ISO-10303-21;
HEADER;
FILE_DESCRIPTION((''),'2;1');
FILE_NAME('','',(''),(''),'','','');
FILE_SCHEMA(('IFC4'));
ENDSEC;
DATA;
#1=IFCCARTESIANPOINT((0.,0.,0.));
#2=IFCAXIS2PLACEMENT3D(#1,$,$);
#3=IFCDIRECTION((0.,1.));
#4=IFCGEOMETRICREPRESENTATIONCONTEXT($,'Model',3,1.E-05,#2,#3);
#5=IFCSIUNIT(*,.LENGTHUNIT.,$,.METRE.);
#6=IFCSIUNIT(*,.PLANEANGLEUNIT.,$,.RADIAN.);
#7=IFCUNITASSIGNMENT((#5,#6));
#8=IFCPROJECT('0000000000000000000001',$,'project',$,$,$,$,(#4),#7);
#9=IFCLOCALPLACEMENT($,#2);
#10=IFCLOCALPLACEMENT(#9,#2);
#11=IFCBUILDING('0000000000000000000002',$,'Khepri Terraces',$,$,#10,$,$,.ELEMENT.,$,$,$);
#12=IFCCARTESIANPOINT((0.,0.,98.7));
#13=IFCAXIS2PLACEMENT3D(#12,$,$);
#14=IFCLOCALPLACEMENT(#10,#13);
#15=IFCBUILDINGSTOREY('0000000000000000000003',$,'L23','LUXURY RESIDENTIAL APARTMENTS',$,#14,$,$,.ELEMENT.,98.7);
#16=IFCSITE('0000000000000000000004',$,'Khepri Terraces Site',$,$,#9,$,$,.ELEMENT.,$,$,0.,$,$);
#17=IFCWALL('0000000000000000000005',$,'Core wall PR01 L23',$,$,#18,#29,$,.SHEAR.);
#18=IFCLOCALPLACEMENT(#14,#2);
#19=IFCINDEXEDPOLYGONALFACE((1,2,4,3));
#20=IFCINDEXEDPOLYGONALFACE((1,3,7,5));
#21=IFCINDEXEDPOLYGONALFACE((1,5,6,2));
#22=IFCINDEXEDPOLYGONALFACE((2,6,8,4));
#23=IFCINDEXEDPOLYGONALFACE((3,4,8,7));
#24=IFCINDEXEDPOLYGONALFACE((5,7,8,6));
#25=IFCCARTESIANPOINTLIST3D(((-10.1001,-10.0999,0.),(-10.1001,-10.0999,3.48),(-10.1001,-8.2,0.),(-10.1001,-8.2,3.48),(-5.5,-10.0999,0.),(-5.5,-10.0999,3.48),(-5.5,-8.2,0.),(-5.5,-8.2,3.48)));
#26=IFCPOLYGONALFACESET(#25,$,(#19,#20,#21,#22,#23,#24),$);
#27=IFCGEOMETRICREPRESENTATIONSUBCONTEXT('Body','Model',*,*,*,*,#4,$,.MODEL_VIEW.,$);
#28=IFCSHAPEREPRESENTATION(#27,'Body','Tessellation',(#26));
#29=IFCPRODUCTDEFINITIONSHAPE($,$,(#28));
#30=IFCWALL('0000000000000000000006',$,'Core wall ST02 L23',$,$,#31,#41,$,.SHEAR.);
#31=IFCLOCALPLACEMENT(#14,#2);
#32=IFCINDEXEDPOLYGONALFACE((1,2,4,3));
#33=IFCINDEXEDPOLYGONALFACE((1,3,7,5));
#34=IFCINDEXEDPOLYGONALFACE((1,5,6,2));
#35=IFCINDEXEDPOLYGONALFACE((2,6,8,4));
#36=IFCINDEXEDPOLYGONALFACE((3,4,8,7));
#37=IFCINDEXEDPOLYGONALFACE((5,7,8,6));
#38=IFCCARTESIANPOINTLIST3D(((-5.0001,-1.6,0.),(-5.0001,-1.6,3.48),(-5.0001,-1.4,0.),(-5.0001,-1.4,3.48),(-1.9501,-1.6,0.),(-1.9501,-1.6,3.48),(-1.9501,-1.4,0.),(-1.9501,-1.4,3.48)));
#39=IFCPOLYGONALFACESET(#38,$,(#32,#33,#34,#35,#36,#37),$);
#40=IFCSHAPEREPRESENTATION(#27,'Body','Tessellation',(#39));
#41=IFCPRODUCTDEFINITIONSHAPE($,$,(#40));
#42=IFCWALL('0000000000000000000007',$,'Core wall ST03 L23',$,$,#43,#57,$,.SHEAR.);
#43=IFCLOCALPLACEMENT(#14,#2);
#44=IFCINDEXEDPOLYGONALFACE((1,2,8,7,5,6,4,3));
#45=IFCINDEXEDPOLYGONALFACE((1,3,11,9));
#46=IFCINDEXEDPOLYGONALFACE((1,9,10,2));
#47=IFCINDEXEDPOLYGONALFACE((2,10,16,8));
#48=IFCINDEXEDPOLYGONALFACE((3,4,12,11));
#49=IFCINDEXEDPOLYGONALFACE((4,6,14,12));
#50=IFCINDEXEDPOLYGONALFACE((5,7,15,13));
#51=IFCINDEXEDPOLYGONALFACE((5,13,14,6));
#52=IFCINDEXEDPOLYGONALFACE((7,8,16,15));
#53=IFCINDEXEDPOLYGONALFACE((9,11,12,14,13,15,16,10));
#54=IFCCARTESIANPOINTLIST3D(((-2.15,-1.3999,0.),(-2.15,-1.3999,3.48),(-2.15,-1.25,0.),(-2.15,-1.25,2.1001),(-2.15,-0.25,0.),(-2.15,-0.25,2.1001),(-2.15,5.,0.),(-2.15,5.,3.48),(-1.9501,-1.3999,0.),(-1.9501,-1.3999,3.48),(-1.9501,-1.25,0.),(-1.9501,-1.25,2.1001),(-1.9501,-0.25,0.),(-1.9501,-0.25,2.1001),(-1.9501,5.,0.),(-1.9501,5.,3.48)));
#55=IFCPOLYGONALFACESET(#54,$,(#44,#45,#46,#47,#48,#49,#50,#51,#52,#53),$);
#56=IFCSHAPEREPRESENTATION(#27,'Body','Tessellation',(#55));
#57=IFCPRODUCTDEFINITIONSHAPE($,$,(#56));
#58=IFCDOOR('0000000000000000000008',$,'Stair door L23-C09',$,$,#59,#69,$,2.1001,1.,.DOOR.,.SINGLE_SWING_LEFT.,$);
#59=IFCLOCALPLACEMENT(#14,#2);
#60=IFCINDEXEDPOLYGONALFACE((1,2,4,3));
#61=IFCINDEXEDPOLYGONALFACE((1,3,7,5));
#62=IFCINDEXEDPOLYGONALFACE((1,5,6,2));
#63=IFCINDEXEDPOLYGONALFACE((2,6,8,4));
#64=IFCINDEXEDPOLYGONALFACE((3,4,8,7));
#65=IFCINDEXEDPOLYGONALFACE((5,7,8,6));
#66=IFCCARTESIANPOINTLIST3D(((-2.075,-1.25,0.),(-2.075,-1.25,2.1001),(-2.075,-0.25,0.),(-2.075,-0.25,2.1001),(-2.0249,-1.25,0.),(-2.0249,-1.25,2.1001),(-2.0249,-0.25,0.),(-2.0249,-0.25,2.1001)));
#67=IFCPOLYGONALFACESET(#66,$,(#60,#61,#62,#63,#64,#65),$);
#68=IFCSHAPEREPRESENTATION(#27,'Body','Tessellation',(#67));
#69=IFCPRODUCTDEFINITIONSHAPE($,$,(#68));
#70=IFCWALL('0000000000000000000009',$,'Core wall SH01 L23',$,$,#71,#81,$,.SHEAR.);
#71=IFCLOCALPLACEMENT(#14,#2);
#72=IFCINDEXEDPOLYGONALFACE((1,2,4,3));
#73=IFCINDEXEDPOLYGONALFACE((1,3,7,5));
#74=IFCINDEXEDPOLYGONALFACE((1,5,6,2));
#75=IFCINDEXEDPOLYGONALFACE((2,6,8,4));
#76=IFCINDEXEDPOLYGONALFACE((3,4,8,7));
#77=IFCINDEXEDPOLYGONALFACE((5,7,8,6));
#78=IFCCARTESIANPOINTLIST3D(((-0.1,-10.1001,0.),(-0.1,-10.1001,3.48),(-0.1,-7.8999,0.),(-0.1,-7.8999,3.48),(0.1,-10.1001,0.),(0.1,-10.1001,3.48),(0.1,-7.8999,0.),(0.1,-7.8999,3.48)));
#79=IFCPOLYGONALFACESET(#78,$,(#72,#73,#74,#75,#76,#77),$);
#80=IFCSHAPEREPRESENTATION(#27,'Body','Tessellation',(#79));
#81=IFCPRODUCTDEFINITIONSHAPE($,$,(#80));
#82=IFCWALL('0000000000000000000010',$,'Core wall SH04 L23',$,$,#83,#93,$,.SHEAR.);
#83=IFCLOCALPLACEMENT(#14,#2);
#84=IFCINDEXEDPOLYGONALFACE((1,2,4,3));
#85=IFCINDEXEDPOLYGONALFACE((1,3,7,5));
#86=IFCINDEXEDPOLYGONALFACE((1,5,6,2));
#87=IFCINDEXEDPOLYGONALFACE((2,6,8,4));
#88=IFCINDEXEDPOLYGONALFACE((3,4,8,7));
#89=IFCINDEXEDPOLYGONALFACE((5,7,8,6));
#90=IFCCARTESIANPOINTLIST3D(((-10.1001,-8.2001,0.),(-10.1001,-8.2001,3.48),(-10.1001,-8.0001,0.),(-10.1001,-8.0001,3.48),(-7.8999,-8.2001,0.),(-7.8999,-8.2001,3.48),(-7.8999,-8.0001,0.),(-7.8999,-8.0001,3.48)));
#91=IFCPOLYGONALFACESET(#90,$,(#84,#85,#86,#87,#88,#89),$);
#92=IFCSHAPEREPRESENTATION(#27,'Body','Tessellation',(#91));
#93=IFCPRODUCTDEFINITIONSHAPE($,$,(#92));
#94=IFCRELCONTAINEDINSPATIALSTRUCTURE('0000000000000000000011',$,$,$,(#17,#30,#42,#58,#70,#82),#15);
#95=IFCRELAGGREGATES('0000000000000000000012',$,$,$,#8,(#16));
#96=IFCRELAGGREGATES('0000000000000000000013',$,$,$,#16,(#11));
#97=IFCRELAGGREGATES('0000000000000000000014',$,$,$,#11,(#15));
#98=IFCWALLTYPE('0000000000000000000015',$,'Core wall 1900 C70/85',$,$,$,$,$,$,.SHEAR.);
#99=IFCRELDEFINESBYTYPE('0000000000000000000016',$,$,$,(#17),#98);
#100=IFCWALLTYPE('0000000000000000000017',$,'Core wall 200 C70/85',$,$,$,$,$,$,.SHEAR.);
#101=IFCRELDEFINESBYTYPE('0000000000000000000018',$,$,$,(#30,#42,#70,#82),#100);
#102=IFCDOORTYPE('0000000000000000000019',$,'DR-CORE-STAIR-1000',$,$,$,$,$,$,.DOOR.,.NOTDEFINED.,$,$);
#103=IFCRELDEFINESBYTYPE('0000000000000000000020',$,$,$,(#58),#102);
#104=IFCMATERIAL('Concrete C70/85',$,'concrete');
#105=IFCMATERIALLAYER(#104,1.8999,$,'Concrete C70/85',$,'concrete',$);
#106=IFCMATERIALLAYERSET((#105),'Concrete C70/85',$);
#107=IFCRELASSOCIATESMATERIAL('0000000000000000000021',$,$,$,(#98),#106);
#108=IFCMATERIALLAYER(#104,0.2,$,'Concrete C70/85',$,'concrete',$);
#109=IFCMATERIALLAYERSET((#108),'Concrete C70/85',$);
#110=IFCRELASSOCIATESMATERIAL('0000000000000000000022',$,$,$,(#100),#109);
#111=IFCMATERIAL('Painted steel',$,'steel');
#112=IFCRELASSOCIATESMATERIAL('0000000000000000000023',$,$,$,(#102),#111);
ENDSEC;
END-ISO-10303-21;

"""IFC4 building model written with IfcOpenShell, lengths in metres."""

from ifc_helpers import new_model, si_unit, direction, frame, frame_2d, origin, place, context, subcontext, project, spatial, rectangle, extrude, material, layer, layer_set, type_object, element, fill, save


model = new_model("IFC4")

# Units and contexts
model_context = context("Model", 3, precision=1e-05, world=origin(), true_north=direction((0.0, 1.0)))
body_context = subcontext(model_context, "Body", "Model", "MODEL_VIEW")
ifc_project = project(units=[si_unit("LENGTHUNIT", "METRE"), si_unit("PLANEANGLEUNIT", "RADIAN")], contexts=[model_context])

# Site, building, storey
site_placement = place(None, origin())
site = spatial("IfcSite", under=ifc_project, at=site_placement, Name="Khepri Terraces Site", CompositionType="ELEMENT", RefElevation=0.0)
building_placement = place(site_placement, origin())
building = spatial("IfcBuilding", under=site, at=building_placement, Name="Khepri Terraces", CompositionType="ELEMENT")
storey_placement = place(building_placement, frame((0.0, 0.0, 98.7)))
storey = spatial("IfcBuildingStorey", under=building, at=storey_placement, Name="L23", Description="LUXURY RESIDENTIAL APARTMENTS", CompositionType="ELEMENT", Elevation=98.7)

# Walls
ifc_material_1 = material(Name="Concrete C70/85", Category="concrete")
ifc_layer_1 = layer(ifc_material_1, 1.8999, Name="Concrete C70/85", Category="concrete")
ifc_layer_set_1 = layer_set([ifc_layer_1], Name="Concrete C70/85")
wall_type_1 = type_object("IfcWallType", Name="Core wall 1900 C70/85", PredefinedType="SHEAR", material=ifc_layer_set_1)
wall_1_placement = place(storey_placement, frame((-10.1001, -9.1499, 0.0), z_axis=(0.0, 0.0, 1.0), x_axis=(1.0, 0.0, 0.0)))
element("IfcWall", 1, at=wall_1_placement, inside=storey, type_object=wall_type_1, Name="Core wall PR01 L23", PredefinedType="SHEAR", context=body_context, shape_type="SweptSolid", body=[
    extrude(rectangle(XDim=4.6001, YDim=1.8999, at=frame_2d((2.3, 0.0))), origin(), (0.0, 0.0, 1.0), 3.48),
])
ifc_layer_2 = layer(ifc_material_1, 0.2, Name="Concrete C70/85", Category="concrete")
ifc_layer_set_2 = layer_set([ifc_layer_2], Name="Concrete C70/85")
wall_type_2 = type_object("IfcWallType", Name="Core wall 200 C70/85", PredefinedType="SHEAR", material=ifc_layer_set_2)
wall_2_placement = place(storey_placement, frame((-5.0, -1.5, 0.0), z_axis=(0.0, 0.0, 1.0), x_axis=(1.0, 0.0, 0.0)))
element("IfcWall", 2, at=wall_2_placement, inside=storey, type_object=wall_type_2, Name="Core wall ST02 L23", PredefinedType="SHEAR", context=body_context, shape_type="SweptSolid", body=[
    extrude(rectangle(XDim=3.05, YDim=0.2, at=frame_2d((1.5249, 0.0))), origin(), (0.0, 0.0, 1.0), 3.48),
])

# Wall, opening, door
wall_3_placement = place(storey_placement, frame((-2.05, -1.3999, 0.0), z_axis=(0.0, 0.0, 1.0), x_axis=(0.0, 1.0, 0.0)))
wall_3 = element("IfcWall", 3, at=wall_3_placement, inside=storey, type_object=wall_type_2, Name="Core wall ST03 L23", PredefinedType="SHEAR", context=body_context, shape_type="SweptSolid", body=[
    extrude(rectangle(XDim=6.3999, YDim=0.2, at=frame_2d((3.2, 0.0))), origin(), (0.0, 0.0, 1.0), 3.48),
])
opening_1_placement = place(wall_3_placement, frame((0.1499, 0.0, 0.0)))
opening_1 = element("IfcOpeningElement", 4, at=opening_1_placement, cuts=wall_3, PredefinedType="OPENING", context=body_context, shape_type="SweptSolid", body=[
    extrude(rectangle(XDim=1.0, YDim=2.1001, at=frame_2d((0.5, 1.05))), frame((0.0, 0.1099, 0.0), z_axis=(0.0, -1.0, 0.0), x_axis=(1.0, 0.0, 0.0)), (0.0, 0.0, 1.0), 0.22),
])
ifc_material_2 = material(Name="Painted steel", Category="steel")
door_type_1 = type_object("IfcDoorType", Name="DR-CORE-STAIR-1000", OperationType="NOTDEFINED", PredefinedType="DOOR", material=ifc_material_2)
door_1_placement = place(opening_1_placement, origin())
door_1 = element("IfcDoor", 5, at=door_1_placement, inside=storey, type_object=door_type_1, Name="Stair door L23-C09", OperationType="SINGLE_SWING_LEFT", OverallHeight=2.1001, OverallWidth=1.0, PredefinedType="DOOR", context=body_context, shape_type="SweptSolid", body=[
    extrude(rectangle(XDim=1.0, YDim=2.1001, at=frame_2d((0.5, 1.05))), frame((0.0, 0.0249, 0.0), z_axis=(0.0, -1.0, 0.0), x_axis=(1.0, 0.0, 0.0)), (0.0, 0.0, 1.0), 0.05),
])
fill(opening_1, door_1)

# Walls
for number, where, z_axis, x_axis, name in (
    (6, (0.0, -10.1001, 0.0), (0.0, 0.0, 1.0), (0.0, 1.0, 0.0), "Core wall SH01 L23"),
    (7, (-10.1001, -8.1001, 0.0), (0.0, 0.0, 1.0), (1.0, 0.0, 0.0), "Core wall SH04 L23"),
):
    element("IfcWall", number, at=place(storey_placement, frame(where, z_axis=z_axis, x_axis=x_axis)), inside=storey, type_object=wall_type_2, Name=name, PredefinedType="SHEAR", context=body_context, shape_type="SweptSolid", body=[
        extrude(rectangle(XDim=2.2002, YDim=0.2, at=frame_2d((1.1001, 0.0))), origin(), (0.0, 0.0, 1.0), 3.48),
    ])

save(model, "model.ifc")
